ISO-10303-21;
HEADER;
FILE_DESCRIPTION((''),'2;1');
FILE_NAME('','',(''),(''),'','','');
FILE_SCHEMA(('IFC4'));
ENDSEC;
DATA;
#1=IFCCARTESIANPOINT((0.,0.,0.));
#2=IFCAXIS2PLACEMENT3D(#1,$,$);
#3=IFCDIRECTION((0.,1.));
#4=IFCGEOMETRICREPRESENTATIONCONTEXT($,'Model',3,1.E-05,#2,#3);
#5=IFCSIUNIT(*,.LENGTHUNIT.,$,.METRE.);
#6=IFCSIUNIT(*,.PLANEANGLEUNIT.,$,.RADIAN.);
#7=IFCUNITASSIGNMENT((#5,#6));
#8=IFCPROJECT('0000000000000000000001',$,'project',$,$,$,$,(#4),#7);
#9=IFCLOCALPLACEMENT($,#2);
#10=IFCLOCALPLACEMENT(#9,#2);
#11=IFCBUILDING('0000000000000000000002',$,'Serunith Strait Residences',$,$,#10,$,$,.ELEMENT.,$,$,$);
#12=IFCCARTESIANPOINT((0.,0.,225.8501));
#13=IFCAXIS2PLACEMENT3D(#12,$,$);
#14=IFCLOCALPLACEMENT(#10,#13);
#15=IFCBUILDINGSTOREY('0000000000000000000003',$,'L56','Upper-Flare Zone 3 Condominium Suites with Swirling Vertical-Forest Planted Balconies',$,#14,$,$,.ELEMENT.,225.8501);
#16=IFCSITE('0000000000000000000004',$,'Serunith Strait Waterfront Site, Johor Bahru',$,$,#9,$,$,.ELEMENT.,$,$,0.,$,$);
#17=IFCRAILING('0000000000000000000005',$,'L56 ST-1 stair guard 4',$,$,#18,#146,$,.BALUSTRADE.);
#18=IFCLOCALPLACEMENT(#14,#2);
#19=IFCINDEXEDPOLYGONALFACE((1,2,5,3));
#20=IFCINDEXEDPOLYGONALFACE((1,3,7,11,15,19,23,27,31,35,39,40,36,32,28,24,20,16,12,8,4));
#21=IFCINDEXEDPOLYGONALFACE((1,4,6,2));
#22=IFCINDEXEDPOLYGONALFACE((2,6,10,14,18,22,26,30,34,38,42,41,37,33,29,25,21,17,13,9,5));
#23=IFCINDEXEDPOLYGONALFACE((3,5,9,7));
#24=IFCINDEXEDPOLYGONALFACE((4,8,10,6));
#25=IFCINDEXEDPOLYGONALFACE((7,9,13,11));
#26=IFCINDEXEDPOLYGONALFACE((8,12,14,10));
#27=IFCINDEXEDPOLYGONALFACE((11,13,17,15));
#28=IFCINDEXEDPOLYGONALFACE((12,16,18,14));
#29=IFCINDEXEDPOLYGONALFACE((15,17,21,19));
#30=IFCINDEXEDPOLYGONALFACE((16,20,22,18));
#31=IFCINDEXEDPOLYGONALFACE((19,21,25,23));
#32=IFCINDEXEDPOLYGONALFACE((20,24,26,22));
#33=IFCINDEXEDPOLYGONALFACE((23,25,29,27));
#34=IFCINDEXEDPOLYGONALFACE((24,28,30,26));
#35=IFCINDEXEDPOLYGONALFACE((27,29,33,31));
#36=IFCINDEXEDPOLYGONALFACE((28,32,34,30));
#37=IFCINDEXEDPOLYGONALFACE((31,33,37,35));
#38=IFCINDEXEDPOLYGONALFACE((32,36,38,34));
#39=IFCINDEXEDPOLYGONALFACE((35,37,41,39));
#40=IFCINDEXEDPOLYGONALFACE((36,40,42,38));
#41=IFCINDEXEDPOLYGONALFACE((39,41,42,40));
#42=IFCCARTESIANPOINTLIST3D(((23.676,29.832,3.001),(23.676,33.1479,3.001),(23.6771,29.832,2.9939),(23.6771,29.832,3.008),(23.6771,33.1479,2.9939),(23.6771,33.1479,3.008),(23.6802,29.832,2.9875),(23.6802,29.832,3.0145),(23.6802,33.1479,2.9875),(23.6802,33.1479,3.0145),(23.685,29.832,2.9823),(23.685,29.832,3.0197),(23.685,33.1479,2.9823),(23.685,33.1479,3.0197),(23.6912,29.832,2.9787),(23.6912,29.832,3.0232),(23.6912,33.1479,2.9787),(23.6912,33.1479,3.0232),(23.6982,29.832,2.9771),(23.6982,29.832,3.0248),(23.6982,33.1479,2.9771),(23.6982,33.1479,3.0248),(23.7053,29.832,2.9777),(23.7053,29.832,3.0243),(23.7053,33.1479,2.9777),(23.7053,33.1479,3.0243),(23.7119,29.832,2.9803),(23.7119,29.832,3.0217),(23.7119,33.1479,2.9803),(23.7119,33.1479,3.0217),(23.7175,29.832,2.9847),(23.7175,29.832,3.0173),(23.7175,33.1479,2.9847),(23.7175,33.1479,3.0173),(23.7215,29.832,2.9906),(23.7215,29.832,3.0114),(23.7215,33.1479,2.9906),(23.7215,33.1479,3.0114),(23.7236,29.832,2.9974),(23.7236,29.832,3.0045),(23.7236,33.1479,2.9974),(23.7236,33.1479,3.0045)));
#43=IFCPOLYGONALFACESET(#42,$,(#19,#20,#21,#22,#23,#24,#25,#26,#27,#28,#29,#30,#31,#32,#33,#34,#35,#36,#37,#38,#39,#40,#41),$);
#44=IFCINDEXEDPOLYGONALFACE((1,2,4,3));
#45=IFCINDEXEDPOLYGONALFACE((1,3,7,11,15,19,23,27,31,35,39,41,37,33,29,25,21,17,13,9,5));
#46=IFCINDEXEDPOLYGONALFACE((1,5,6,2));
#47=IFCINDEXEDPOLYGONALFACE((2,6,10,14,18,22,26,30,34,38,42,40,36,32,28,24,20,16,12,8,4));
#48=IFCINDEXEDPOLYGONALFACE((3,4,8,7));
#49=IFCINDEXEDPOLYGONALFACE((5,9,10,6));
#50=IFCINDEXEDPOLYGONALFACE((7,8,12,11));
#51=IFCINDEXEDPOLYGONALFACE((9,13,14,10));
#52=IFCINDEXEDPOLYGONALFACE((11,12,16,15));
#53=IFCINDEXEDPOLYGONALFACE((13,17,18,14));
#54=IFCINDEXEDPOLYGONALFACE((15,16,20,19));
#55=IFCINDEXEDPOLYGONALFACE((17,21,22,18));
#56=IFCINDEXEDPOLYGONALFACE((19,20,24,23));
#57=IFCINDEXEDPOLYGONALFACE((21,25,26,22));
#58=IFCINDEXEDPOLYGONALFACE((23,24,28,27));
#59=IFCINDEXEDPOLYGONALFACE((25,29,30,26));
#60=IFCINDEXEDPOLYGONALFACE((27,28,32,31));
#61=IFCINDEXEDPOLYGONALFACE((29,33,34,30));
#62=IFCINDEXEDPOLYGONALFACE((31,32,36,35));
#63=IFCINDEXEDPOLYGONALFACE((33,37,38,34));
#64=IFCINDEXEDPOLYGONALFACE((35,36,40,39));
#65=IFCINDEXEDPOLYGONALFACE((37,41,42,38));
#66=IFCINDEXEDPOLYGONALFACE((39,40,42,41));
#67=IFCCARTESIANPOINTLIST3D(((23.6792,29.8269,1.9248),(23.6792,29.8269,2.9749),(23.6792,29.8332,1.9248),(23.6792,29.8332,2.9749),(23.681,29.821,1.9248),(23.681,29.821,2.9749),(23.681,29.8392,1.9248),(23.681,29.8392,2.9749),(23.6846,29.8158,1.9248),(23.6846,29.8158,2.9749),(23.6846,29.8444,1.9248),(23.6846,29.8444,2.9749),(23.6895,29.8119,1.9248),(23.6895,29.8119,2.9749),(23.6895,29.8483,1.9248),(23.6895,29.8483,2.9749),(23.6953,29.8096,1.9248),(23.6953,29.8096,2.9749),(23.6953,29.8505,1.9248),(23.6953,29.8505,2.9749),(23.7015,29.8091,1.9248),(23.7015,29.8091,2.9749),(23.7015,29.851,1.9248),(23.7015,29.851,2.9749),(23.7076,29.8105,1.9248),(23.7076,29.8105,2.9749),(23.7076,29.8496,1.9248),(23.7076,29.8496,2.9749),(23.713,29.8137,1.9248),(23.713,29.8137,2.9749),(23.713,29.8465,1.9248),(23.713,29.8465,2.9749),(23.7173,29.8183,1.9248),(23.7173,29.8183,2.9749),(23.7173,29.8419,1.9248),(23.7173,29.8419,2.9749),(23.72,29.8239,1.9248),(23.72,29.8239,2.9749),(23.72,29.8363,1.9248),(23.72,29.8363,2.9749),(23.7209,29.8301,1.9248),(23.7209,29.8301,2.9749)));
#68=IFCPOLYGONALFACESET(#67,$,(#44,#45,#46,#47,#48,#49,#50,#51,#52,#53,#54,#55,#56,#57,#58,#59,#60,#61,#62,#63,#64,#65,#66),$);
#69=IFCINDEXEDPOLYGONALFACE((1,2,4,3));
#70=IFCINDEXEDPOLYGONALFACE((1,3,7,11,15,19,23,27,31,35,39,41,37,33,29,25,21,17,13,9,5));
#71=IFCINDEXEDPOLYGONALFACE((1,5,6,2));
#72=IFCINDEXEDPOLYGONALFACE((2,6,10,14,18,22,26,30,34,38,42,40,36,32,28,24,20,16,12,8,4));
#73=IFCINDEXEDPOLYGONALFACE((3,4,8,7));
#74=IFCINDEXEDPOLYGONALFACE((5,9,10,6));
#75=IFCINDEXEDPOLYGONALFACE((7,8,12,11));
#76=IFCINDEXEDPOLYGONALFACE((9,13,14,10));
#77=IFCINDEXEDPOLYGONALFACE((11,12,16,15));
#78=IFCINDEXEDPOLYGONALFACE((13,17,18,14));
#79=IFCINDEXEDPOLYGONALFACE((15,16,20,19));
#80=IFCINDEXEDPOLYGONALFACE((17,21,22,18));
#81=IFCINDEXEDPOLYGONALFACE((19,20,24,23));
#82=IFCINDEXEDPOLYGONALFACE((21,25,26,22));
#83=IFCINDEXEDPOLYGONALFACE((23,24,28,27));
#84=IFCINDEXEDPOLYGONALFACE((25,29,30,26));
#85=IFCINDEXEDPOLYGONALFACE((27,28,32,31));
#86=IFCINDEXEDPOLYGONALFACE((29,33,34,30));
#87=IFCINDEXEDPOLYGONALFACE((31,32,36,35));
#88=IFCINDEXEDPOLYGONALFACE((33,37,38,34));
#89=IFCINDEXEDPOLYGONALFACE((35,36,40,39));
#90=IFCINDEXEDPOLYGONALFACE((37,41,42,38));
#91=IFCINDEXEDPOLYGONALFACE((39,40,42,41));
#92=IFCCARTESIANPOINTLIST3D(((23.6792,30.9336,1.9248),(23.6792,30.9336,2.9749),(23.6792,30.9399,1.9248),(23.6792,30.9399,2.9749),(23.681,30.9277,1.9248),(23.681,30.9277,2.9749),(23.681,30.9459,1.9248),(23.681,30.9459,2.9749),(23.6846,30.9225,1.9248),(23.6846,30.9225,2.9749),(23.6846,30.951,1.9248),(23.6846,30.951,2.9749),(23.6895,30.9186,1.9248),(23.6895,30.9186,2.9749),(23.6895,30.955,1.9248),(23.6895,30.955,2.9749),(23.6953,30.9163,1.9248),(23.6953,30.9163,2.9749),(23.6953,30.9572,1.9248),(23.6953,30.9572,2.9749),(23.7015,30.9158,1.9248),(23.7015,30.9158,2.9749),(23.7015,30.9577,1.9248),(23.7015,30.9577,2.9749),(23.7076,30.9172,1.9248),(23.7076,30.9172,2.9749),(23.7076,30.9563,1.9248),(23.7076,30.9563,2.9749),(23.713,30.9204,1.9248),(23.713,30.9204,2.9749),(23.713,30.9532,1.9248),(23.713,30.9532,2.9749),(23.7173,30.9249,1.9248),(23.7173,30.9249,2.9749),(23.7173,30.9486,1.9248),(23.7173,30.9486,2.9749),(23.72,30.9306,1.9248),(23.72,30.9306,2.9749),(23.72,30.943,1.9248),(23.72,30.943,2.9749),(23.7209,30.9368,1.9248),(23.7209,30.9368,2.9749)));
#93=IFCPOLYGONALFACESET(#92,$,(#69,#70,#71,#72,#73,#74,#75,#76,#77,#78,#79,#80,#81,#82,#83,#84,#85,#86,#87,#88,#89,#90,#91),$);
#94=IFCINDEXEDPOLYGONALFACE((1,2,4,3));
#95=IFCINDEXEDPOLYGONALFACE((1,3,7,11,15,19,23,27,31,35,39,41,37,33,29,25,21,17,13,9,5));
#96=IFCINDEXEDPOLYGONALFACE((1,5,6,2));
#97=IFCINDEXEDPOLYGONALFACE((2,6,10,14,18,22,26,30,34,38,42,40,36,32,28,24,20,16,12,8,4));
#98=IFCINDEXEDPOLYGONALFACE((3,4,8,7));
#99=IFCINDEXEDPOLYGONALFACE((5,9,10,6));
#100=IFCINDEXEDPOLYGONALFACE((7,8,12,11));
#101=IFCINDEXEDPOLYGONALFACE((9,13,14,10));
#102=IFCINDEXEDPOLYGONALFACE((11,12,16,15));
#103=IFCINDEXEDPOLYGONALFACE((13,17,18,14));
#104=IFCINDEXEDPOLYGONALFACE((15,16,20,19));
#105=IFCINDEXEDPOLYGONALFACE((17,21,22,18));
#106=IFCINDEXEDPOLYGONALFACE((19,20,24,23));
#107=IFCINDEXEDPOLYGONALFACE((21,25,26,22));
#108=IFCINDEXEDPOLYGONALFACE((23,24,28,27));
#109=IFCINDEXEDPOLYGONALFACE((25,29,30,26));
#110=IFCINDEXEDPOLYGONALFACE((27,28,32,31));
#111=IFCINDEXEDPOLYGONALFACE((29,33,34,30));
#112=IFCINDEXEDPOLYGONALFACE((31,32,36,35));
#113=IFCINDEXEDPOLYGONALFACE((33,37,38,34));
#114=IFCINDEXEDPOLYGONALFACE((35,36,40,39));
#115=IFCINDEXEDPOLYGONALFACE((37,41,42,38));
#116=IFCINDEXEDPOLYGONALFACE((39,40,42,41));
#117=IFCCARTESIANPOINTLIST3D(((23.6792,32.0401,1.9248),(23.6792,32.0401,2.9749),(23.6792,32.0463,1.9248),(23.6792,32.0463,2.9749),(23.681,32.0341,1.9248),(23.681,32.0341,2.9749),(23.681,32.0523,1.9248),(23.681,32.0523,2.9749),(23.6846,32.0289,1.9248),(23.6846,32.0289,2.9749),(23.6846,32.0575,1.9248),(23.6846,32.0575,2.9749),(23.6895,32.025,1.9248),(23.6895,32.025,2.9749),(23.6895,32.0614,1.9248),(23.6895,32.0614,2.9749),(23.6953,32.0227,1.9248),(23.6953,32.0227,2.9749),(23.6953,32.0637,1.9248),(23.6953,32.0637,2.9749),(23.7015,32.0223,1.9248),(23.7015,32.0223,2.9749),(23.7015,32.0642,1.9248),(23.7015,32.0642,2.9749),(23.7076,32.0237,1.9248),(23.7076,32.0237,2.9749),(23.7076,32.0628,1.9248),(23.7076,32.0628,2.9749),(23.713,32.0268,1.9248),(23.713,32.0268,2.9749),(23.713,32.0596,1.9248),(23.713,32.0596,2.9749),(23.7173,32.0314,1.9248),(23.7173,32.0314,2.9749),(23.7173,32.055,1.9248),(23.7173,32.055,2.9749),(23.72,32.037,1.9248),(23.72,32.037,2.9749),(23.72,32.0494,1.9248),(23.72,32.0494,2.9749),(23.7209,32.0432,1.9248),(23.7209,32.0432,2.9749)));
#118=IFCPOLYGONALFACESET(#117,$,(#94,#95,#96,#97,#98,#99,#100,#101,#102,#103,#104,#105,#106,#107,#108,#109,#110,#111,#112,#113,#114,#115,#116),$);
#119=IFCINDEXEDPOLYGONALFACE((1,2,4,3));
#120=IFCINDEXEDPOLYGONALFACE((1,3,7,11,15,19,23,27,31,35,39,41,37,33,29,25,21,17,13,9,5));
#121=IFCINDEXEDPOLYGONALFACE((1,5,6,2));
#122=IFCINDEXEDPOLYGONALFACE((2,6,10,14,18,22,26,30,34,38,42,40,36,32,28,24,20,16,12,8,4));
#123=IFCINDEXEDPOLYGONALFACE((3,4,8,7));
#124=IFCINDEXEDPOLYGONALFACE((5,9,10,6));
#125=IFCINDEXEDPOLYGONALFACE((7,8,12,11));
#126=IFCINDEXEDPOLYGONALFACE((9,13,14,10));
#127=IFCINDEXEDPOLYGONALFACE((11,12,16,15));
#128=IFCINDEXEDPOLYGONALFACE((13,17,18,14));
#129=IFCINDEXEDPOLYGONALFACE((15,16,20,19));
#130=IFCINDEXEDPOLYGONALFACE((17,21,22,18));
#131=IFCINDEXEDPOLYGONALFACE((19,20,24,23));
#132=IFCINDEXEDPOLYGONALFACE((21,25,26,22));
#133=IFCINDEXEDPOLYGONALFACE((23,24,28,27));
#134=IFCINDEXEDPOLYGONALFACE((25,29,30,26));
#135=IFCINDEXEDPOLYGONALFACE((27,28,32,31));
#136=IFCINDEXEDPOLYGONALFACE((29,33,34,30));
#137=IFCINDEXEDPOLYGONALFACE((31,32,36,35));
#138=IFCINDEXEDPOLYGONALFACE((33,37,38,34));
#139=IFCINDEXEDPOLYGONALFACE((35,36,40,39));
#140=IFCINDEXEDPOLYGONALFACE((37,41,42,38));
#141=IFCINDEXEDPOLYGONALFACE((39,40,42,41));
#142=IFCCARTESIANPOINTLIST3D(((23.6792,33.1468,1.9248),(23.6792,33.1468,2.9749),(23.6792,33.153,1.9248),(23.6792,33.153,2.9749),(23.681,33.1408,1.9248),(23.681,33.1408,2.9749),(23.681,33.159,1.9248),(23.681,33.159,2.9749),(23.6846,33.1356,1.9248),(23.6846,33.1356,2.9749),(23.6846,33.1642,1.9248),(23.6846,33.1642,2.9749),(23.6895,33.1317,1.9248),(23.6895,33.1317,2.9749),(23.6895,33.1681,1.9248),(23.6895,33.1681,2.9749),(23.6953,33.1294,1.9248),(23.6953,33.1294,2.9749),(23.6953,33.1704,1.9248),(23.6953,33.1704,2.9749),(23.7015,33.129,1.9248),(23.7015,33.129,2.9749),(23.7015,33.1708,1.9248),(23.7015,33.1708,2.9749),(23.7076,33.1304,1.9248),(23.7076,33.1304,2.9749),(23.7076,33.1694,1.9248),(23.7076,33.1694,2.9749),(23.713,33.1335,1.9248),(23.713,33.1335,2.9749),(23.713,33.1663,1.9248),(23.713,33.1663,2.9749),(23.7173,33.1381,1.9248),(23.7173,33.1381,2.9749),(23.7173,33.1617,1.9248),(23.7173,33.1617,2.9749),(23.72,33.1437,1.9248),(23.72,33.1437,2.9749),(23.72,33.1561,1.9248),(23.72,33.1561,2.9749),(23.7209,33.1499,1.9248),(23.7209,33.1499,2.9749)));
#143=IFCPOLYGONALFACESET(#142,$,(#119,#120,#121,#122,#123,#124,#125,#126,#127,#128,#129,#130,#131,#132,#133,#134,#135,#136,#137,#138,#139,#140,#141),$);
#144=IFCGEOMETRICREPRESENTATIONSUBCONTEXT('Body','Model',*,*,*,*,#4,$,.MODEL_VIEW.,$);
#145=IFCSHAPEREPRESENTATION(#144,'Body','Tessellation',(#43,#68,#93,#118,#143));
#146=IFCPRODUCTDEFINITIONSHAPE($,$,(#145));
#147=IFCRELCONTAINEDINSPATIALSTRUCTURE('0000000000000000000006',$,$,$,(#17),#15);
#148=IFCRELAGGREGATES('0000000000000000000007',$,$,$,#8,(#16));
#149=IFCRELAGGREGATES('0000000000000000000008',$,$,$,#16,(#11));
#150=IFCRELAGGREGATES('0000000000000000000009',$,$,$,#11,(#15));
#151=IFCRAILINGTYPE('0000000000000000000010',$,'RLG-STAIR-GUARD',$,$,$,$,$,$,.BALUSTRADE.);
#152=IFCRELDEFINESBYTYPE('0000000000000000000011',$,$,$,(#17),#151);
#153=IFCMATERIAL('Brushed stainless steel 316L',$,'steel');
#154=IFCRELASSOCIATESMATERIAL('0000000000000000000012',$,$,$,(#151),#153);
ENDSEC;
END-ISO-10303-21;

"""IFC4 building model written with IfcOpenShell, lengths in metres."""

from ifc_helpers import new_model, si_unit, direction, frame, origin, origin_2d, place, context, subcontext, project, spatial, circle, extrude, material, type_object, element, save


model = new_model("IFC4")

# Units and contexts
model_context = context("Model", 3, precision=1e-05, world=origin(), true_north=direction((0.0, 1.0)))
body_context = subcontext(model_context, "Body", "Model", "MODEL_VIEW")
ifc_project = project(units=[si_unit("LENGTHUNIT", "METRE"), si_unit("PLANEANGLEUNIT", "RADIAN")], contexts=[model_context])

# Site, building, storey
site_placement = place(None, origin())
site = spatial("IfcSite", under=ifc_project, at=site_placement, Name="Serunith Strait Waterfront Site, Johor Bahru", CompositionType="ELEMENT", RefElevation=0.0)
building_placement = place(site_placement, origin())
building = spatial("IfcBuilding", under=site, at=building_placement, Name="Serunith Strait Residences", CompositionType="ELEMENT")
storey_placement = place(building_placement, frame((0.0, 0.0, 225.8501)))
storey = spatial("IfcBuildingStorey", under=building, at=storey_placement, Name="L56", Description="Upper-Flare Zone 3 Condominium Suites with Swirling Vertical-Forest Planted Balconies", CompositionType="ELEMENT", Elevation=225.8501)

# Railing
ifc_material_1 = material(Name="Brushed stainless steel 316L", Category="steel")
railing_type_1 = type_object("IfcRailingType", Name="RLG-STAIR-GUARD", PredefinedType="BALUSTRADE", material=ifc_material_1)
for number, where, name in (
    (1, (23.7, 29.8301, 1.9248), "L56 ST-1 stair guard 4"),
):
    element("IfcRailing", number, at=place(storey_placement, frame(where)), inside=storey, type_object=railing_type_1, Name=name, PredefinedType="BALUSTRADE", context=body_context, shape_type="SweptSolid", body=[
        extrude(circle(Radius=0.0239, at=origin_2d()), frame((0.0, 0.002, 1.0762), z_axis=(0.0, 1.0, 0.0), x_axis=(-1.0, 0.0, 0.0)), (0.0, 0.0, 1.0), 3.3159),
        extrude(circle(Radius=0.021, at=origin_2d()), origin(), (0.0, 0.0, 1.0), 1.05),
        extrude(circle(Radius=0.021, at=origin_2d()), frame((0.0, 1.1067, 0.0)), (0.0, 0.0, 1.0), 1.05),
        extrude(circle(Radius=0.021, at=origin_2d()), frame((0.0, 2.2131, 0.0)), (0.0, 0.0, 1.0), 1.05),
        extrude(circle(Radius=0.021, at=origin_2d()), frame((0.0, 3.3198, 0.0)), (0.0, 0.0, 1.0), 1.05),
    ])

save(model, "model.ifc")
